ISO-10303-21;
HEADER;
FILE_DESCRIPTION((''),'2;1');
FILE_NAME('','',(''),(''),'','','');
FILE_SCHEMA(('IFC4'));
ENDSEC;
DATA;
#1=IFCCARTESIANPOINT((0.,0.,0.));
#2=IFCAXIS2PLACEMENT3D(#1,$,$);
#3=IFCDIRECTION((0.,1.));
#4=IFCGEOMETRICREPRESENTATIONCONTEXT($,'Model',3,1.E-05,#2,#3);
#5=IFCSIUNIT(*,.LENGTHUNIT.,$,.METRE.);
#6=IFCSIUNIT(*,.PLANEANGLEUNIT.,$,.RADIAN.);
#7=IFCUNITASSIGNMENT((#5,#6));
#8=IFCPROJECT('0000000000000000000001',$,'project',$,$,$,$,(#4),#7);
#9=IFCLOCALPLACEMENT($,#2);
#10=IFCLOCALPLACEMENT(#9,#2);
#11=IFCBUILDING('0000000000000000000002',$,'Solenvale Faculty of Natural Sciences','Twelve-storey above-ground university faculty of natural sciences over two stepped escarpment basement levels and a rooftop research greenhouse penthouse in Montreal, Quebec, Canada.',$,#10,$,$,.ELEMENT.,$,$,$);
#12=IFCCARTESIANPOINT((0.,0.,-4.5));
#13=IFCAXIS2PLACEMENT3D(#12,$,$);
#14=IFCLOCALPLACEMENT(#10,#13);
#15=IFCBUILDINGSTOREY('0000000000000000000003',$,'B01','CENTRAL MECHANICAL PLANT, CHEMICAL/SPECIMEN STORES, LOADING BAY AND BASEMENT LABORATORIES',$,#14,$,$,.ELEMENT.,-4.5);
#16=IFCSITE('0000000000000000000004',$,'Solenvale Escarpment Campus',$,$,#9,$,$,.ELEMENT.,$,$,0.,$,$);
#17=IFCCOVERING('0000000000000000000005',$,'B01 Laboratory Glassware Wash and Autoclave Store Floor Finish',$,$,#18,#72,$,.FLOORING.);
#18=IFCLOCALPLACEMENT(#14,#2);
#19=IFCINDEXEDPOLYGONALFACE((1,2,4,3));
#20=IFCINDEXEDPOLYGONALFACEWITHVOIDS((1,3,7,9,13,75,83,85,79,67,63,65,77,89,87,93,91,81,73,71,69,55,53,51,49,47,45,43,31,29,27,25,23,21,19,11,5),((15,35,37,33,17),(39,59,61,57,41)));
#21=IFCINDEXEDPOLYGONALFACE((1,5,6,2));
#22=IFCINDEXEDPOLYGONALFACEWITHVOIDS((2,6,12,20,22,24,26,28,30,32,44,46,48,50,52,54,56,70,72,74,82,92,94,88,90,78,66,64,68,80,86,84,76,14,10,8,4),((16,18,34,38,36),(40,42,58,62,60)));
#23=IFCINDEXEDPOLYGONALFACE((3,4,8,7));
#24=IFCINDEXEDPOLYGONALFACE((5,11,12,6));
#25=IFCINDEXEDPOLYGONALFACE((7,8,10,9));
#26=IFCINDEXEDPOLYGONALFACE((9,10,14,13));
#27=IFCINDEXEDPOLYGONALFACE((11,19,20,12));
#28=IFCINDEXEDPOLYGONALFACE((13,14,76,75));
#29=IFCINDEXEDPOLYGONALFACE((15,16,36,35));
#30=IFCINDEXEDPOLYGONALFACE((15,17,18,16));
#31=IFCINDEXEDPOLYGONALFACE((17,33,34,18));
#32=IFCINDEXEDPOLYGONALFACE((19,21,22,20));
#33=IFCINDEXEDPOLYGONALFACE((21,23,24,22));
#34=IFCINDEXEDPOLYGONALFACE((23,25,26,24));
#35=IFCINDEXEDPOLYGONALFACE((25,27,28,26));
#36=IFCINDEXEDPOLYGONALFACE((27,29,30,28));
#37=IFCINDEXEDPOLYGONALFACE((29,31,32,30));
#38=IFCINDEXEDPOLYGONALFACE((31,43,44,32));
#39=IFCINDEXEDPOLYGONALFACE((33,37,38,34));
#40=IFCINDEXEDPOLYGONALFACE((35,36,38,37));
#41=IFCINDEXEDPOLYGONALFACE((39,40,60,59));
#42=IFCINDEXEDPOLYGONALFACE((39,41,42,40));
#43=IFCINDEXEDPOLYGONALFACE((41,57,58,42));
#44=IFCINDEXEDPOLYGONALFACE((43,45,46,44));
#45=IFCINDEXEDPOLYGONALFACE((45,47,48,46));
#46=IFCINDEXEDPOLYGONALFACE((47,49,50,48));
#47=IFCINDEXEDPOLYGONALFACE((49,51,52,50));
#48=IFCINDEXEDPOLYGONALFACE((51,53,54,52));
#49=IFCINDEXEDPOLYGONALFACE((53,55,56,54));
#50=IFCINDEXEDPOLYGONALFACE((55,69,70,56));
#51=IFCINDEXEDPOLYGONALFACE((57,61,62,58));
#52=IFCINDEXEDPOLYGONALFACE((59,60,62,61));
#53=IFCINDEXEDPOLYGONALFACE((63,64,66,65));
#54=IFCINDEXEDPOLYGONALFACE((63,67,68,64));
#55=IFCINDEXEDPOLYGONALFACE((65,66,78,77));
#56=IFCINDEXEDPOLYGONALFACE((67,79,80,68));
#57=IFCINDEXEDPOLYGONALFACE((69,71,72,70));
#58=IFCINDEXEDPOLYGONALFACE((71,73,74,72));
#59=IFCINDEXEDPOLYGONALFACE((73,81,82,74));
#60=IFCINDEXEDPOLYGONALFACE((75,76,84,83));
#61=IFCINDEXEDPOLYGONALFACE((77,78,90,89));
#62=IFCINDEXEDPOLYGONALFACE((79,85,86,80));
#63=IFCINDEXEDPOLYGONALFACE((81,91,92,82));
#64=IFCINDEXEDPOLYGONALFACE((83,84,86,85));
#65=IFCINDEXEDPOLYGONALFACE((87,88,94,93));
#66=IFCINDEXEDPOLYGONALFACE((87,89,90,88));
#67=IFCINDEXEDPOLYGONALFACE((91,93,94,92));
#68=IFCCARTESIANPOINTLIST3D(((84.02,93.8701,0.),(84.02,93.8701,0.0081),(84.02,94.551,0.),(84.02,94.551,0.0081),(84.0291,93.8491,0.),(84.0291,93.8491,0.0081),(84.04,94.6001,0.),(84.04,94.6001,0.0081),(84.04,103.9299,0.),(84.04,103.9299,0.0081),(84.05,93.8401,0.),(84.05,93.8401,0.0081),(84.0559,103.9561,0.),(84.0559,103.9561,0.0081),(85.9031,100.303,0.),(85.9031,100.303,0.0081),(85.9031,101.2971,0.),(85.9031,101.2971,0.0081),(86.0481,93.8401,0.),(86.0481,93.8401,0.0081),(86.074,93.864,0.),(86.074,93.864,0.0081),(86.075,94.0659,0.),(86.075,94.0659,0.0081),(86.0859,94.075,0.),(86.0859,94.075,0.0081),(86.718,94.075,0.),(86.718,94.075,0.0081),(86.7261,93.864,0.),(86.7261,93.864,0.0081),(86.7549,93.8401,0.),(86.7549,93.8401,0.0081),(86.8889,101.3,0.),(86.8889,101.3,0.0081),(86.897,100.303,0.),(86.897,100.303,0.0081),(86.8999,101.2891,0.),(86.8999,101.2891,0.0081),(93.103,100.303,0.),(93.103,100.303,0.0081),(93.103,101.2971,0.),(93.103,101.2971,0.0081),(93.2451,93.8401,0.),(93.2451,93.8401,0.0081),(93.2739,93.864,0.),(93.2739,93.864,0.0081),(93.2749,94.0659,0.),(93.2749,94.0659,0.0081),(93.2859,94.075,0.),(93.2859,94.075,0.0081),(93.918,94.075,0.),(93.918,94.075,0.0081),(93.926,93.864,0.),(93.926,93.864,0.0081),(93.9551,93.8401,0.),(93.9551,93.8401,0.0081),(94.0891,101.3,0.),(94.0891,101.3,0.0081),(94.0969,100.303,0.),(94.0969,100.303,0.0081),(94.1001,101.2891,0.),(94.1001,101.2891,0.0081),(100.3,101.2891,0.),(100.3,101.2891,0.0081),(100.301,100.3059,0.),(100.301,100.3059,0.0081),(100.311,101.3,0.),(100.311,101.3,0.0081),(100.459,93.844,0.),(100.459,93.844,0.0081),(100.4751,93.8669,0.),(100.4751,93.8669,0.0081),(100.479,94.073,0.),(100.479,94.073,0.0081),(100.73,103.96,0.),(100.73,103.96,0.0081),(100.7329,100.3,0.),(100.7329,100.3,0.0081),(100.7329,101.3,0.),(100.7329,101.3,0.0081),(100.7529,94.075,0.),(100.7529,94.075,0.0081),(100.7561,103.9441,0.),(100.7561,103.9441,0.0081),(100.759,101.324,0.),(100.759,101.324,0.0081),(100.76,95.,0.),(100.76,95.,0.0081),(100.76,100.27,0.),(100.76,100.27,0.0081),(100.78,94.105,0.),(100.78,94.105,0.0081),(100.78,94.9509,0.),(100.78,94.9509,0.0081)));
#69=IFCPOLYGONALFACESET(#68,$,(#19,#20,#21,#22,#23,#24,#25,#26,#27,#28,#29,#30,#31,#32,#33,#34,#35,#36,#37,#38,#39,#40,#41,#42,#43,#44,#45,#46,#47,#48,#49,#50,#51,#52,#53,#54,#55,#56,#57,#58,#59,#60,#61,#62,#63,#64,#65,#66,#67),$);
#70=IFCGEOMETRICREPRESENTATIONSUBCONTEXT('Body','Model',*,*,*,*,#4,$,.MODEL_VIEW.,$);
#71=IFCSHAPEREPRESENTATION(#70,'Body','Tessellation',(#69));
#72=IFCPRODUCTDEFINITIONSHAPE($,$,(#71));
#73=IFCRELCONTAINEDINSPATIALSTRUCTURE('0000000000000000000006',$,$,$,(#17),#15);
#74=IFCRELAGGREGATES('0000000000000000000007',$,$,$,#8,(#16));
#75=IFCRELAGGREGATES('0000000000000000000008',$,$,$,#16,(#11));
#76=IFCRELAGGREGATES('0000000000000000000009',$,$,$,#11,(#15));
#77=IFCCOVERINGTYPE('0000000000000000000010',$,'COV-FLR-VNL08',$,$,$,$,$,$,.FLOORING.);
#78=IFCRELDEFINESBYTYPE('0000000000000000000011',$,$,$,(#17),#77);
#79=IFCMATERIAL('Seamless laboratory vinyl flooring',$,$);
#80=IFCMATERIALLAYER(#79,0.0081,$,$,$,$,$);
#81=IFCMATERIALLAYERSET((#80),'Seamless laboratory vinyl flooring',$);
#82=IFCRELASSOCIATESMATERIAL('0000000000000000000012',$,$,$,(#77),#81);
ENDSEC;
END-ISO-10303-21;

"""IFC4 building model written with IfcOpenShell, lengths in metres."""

from ifc_helpers import new_model, si_unit, direction, frame, origin, place, context, subcontext, project, spatial, polyline, outline, extrude, material, layer, layer_set, type_object, element, save


model = new_model("IFC4")

# Units and contexts
model_context = context("Model", 3, precision=1e-05, world=origin(), true_north=direction((0.0, 1.0)))
body_context = subcontext(model_context, "Body", "Model", "MODEL_VIEW")
ifc_project = project(units=[si_unit("LENGTHUNIT", "METRE"), si_unit("PLANEANGLEUNIT", "RADIAN")], contexts=[model_context])

# Site, building, storey
site_placement = place(None, origin())
site = spatial("IfcSite", under=ifc_project, at=site_placement, Name="Solenvale Escarpment Campus", CompositionType="ELEMENT", RefElevation=0.0)
building_placement = place(site_placement, origin())
building = spatial("IfcBuilding", under=site, at=building_placement, Name="Solenvale Faculty of Natural Sciences", Description="Twelve-storey above-ground university faculty of natural sciences over two stepped escarpment basement levels and a rooftop research greenhouse penthouse in Montreal, Quebec, Canada.", CompositionType="ELEMENT")
storey_placement = place(building_placement, frame((0.0, 0.0, -4.5)))
storey = spatial("IfcBuildingStorey", under=building, at=storey_placement, Name="B01", Description="CENTRAL MECHANICAL PLANT, CHEMICAL/SPECIMEN STORES, LOADING BAY AND BASEMENT LABORATORIES", CompositionType="ELEMENT", Elevation=-4.5)

# Covering
ifc_material_1 = material(Name="Seamless laboratory vinyl flooring")
ifc_layer_1 = layer(ifc_material_1, 0.0081)
ifc_layer_set_1 = layer_set([ifc_layer_1], Name="Seamless laboratory vinyl flooring")
covering_type_1 = type_object("IfcCoveringType", Name="COV-FLR-VNL08", PredefinedType="FLOORING", material=ifc_layer_set_1)
covering_1_placement = place(storey_placement, origin())
element("IfcCovering", 1, at=covering_1_placement, inside=storey, type_object=covering_type_1, Name="B01 Laboratory Glassware Wash and Autoclave Store Floor Finish", PredefinedType="FLOORING", context=body_context, shape_type="SweptSolid", body=[
    extrude(outline(polyline([(84.02, 94.551), (84.04, 94.6001), (84.04, 103.9299), (84.0559, 103.9561), (100.73, 103.96), (100.7561, 103.9441), (100.759, 101.324), (100.7329, 101.3), (100.311, 101.3), (100.3, 101.2891), (100.301, 100.3059), (100.7329, 100.3), (100.76, 100.27), (100.76, 95.0), (100.78, 94.9509), (100.78, 94.105), (100.7529, 94.075), (100.479, 94.073), (100.4751, 93.8669), (100.459, 93.844), (93.9551, 93.8401), (93.926, 93.864), (93.918, 94.075), (93.2859, 94.075), (93.2749, 94.0659), (93.2739, 93.864), (93.2451, 93.8401), (86.7549, 93.8401), (86.7261, 93.864), (86.718, 94.075), (86.0859, 94.075), (86.075, 94.0659), (86.074, 93.864), (86.0481, 93.8401), (84.05, 93.8401), (84.0291, 93.8491), (84.02, 93.8701), (84.02, 94.551)]), holes=[polyline([(94.1001, 101.2891), (94.0891, 101.3), (93.103, 101.2971), (93.103, 100.303), (94.0969, 100.303), (94.1001, 101.2891)]), polyline([(86.8999, 101.2891), (86.8889, 101.3), (85.9031, 101.2971), (85.9031, 100.303), (86.897, 100.303), (86.8999, 101.2891)])]), origin(), (0.0, 0.0, 1.0), 0.0081),
])

save(model, "model.ifc")
